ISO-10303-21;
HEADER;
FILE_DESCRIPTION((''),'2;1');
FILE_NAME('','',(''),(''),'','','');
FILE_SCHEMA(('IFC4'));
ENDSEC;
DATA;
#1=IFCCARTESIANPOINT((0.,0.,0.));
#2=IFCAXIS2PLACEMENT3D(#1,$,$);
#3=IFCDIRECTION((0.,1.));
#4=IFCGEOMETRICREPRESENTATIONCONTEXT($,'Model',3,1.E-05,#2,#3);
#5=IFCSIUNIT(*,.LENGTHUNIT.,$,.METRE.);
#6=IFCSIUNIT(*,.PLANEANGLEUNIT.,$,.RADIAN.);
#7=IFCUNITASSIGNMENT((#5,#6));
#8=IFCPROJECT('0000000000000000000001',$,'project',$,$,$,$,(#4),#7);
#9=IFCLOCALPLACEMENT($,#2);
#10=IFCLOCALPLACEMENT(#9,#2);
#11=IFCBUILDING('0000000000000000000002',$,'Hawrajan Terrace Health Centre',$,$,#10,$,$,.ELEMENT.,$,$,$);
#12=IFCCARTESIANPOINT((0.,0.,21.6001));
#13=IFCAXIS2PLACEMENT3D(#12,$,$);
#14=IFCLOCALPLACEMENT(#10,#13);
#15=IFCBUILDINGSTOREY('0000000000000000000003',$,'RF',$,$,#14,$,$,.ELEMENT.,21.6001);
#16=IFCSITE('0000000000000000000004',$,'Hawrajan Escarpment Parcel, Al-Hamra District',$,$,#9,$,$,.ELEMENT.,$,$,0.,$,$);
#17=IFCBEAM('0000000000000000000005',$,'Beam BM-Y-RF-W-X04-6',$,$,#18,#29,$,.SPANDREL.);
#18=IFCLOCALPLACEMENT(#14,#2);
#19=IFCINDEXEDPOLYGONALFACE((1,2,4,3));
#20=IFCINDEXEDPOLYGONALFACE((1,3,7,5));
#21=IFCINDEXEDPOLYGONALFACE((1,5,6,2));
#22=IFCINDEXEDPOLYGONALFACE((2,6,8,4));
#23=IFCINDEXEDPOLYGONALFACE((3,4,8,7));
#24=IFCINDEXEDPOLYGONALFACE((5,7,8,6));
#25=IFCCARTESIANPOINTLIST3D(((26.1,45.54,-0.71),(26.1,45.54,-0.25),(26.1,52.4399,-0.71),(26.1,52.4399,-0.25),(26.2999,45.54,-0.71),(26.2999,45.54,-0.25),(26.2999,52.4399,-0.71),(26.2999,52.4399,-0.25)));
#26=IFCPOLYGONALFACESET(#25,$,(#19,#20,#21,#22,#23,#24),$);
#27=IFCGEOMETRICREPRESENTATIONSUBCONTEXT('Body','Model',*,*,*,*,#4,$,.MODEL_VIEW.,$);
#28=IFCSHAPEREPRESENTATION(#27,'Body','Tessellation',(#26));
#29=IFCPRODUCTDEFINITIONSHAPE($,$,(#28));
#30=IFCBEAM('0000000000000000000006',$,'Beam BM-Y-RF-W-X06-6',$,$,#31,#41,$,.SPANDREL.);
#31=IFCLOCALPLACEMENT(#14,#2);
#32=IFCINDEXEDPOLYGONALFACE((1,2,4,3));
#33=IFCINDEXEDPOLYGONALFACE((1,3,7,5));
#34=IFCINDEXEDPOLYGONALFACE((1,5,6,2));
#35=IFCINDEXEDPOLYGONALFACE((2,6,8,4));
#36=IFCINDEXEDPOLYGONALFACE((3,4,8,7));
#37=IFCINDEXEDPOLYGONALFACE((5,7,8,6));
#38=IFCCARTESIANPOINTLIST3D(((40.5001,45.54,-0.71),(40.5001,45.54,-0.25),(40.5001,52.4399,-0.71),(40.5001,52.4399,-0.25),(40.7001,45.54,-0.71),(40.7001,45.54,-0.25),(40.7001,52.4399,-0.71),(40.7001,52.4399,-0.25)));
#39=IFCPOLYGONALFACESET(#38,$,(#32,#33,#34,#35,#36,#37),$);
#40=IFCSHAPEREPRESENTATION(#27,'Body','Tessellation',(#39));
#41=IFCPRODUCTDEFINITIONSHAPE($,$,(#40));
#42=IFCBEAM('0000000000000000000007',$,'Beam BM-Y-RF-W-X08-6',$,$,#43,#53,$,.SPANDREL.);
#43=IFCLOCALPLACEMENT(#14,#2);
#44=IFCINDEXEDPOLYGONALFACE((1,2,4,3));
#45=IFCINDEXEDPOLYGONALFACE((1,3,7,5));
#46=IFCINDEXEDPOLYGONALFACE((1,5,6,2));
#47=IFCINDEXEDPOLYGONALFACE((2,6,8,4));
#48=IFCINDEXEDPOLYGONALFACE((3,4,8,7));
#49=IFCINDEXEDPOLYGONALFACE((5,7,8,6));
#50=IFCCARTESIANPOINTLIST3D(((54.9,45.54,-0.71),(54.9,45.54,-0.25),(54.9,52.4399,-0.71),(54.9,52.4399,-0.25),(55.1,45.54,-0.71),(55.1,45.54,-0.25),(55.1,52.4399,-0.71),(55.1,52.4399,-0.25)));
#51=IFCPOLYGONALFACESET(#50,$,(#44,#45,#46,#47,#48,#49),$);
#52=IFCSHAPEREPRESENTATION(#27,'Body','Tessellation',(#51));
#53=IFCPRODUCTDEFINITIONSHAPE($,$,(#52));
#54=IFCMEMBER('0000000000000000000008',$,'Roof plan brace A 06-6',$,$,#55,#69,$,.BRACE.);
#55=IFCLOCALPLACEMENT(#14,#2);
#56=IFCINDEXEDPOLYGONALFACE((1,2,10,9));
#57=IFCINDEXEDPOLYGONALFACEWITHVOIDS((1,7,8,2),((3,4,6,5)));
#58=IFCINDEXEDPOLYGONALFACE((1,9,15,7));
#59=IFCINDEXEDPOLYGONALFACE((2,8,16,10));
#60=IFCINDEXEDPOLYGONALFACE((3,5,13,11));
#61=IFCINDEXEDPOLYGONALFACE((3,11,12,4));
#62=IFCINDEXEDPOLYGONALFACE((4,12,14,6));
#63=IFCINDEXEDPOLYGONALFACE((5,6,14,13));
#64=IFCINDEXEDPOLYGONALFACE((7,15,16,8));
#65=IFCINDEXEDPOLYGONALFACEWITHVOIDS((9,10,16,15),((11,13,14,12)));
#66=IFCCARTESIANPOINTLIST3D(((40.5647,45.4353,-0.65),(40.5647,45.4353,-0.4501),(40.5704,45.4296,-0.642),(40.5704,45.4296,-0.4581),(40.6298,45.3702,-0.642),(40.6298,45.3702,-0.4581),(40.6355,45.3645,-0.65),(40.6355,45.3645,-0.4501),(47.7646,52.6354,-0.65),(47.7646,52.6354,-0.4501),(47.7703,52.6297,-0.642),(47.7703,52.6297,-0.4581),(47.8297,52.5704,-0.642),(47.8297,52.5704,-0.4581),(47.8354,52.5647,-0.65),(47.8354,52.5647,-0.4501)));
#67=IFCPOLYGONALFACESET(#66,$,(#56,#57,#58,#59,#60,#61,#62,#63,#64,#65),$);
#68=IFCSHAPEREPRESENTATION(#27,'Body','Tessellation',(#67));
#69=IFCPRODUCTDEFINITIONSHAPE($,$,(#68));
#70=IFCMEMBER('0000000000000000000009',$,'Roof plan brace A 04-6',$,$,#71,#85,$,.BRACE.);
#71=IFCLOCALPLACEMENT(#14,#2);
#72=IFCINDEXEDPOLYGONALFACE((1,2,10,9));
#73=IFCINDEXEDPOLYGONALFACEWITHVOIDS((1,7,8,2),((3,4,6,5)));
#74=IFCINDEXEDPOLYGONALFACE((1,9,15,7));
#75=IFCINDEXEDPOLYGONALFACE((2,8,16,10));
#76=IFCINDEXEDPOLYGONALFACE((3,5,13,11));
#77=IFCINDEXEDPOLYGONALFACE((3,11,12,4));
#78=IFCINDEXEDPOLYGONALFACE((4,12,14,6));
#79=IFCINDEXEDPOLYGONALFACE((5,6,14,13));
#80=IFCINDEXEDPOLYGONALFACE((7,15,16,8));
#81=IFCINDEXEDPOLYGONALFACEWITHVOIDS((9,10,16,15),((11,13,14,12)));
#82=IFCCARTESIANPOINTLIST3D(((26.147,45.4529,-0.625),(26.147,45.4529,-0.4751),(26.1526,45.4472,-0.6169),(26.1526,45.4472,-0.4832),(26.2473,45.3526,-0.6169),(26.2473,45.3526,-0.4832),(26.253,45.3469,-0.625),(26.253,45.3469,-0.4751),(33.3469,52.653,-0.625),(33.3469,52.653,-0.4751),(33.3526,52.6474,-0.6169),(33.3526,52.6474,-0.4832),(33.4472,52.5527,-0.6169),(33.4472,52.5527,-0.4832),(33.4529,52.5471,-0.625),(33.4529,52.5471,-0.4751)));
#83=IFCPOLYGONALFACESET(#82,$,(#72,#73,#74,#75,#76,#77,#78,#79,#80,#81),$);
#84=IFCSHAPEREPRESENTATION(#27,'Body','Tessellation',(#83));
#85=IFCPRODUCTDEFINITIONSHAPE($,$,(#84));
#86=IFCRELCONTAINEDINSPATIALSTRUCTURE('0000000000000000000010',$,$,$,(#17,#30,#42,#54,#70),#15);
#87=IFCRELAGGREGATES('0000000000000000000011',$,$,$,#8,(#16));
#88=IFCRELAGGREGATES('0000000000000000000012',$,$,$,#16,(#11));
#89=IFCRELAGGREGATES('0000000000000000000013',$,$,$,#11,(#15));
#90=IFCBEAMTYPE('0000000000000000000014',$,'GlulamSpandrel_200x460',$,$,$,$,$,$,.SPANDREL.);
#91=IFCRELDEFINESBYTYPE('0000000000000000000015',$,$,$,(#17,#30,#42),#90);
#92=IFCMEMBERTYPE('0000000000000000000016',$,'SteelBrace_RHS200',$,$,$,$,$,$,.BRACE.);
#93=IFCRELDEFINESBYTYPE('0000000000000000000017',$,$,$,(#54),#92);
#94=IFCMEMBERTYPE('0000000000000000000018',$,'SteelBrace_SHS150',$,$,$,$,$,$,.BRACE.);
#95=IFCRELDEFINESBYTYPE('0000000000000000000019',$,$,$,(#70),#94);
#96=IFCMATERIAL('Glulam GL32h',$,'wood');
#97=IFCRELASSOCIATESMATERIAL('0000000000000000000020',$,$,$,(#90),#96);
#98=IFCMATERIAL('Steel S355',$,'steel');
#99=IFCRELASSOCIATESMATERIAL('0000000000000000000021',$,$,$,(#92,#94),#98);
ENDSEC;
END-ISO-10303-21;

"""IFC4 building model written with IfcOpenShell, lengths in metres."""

from ifc_helpers import new_model, si_unit, direction, frame, origin, origin_2d, place, context, subcontext, project, spatial, rectangle, hollow_rectangle, extrude, material, material_profile, profile_set, type_object, element, save


model = new_model("IFC4")

# Units and contexts
model_context = context("Model", 3, precision=1e-05, world=origin(), true_north=direction((0.0, 1.0)))
body_context = subcontext(model_context, "Body", "Model", "MODEL_VIEW")
ifc_project = project(units=[si_unit("LENGTHUNIT", "METRE"), si_unit("PLANEANGLEUNIT", "RADIAN")], contexts=[model_context])

# Site, building, storey
site_placement = place(None, origin())
site = spatial("IfcSite", under=ifc_project, at=site_placement, Name="Hawrajan Escarpment Parcel, Al-Hamra District", CompositionType="ELEMENT", RefElevation=0.0)
building_placement = place(site_placement, origin())
building = spatial("IfcBuilding", under=site, at=building_placement, Name="Hawrajan Terrace Health Centre", CompositionType="ELEMENT")
storey_placement = place(building_placement, frame((0.0, 0.0, 21.6001)))
storey = spatial("IfcBuildingStorey", under=building, at=storey_placement, Name="RF", CompositionType="ELEMENT", Elevation=21.6001)

# Beams
ifc_material_1 = material(Name="Glulam GL32h", Category="wood")
ifc_material_profile_1 = material_profile(ifc_material_1, rectangle(XDim=0.2, YDim=0.46, at=origin_2d()), Name="GL SP 200x460")
ifc_profile_set_1 = profile_set([ifc_material_profile_1], Name="Glulam GL32h")
beam_type_1 = type_object("IfcBeamType", Name="GlulamSpandrel_200x460", PredefinedType="SPANDREL", material=ifc_profile_set_1)
for number, where, z_axis, x_axis, name in (
    (1, (26.2, 45.54, -0.48), (0.0, 1.0, 0.0), (-1.0, 0.0, 0.0), "Beam BM-Y-RF-W-X04-6"),
    (2, (40.6001, 45.54, -0.48), (0.0, 1.0, 0.0), (-1.0, 0.0, 0.0), "Beam BM-Y-RF-W-X06-6"),
    (3, (55.0, 45.54, -0.48), (0.0, 1.0, 0.0), (-1.0, 0.0, 0.0), "Beam BM-Y-RF-W-X08-6"),
):
    element("IfcBeam", number, at=place(storey_placement, frame(where, z_axis=z_axis, x_axis=x_axis)), inside=storey, type_object=beam_type_1, Name=name, PredefinedType="SPANDREL", context=body_context, shape_type="SweptSolid", body=[
        extrude(rectangle(XDim=0.2, YDim=0.46, at=origin_2d()), origin(), (0.0, 0.0, 1.0), 6.8999),
    ])

# Members
ifc_material_2 = material(Name="Steel S355", Category="steel")
ifc_material_profile_2 = material_profile(ifc_material_2, hollow_rectangle(XDim=0.1001, YDim=0.2, WallThickness=0.0081, at=origin_2d()), Name="RHS 200x100x8.0")
ifc_profile_set_2 = profile_set([ifc_material_profile_2], Name="Steel S355")
member_type_1 = type_object("IfcMemberType", Name="SteelBrace_RHS200", PredefinedType="BRACE", material=ifc_profile_set_2)
member_1_placement = place(storey_placement, frame((40.6001, 45.3999, -0.55), z_axis=(0.707095, 0.707119, 0.0), x_axis=(-0.707119, 0.707095, 0.0)))
element("IfcMember", 4, at=member_1_placement, inside=storey, type_object=member_type_1, Name="Roof plan brace A 06-6", PredefinedType="BRACE", context=body_context, shape_type="SweptSolid", body=[
    extrude(hollow_rectangle(XDim=0.1001, YDim=0.2, WallThickness=0.0081, at=origin_2d()), origin(), (0.0, 0.0, 1.0), 10.1824),
])
ifc_material_profile_3 = material_profile(ifc_material_2, hollow_rectangle(XDim=0.1499, YDim=0.1499, WallThickness=0.0081, at=origin_2d()), Name="SHS 150x150x8.0")
ifc_profile_set_3 = profile_set([ifc_material_profile_3], Name="Steel S355")
member_type_2 = type_object("IfcMemberType", Name="SteelBrace_SHS150", PredefinedType="BRACE", material=ifc_profile_set_3)
member_2_placement = place(storey_placement, frame((26.2, 45.3999, -0.55), z_axis=(0.707095, 0.707119, 0.0), x_axis=(-0.707119, 0.707095, 0.0)))
element("IfcMember", 5, at=member_2_placement, inside=storey, type_object=member_type_2, Name="Roof plan brace A 04-6", PredefinedType="BRACE", context=body_context, shape_type="SweptSolid", body=[
    extrude(hollow_rectangle(XDim=0.1499, YDim=0.1499, WallThickness=0.0081, at=origin_2d()), origin(), (0.0, 0.0, 1.0), 10.1824),
])

save(model, "model.ifc")
